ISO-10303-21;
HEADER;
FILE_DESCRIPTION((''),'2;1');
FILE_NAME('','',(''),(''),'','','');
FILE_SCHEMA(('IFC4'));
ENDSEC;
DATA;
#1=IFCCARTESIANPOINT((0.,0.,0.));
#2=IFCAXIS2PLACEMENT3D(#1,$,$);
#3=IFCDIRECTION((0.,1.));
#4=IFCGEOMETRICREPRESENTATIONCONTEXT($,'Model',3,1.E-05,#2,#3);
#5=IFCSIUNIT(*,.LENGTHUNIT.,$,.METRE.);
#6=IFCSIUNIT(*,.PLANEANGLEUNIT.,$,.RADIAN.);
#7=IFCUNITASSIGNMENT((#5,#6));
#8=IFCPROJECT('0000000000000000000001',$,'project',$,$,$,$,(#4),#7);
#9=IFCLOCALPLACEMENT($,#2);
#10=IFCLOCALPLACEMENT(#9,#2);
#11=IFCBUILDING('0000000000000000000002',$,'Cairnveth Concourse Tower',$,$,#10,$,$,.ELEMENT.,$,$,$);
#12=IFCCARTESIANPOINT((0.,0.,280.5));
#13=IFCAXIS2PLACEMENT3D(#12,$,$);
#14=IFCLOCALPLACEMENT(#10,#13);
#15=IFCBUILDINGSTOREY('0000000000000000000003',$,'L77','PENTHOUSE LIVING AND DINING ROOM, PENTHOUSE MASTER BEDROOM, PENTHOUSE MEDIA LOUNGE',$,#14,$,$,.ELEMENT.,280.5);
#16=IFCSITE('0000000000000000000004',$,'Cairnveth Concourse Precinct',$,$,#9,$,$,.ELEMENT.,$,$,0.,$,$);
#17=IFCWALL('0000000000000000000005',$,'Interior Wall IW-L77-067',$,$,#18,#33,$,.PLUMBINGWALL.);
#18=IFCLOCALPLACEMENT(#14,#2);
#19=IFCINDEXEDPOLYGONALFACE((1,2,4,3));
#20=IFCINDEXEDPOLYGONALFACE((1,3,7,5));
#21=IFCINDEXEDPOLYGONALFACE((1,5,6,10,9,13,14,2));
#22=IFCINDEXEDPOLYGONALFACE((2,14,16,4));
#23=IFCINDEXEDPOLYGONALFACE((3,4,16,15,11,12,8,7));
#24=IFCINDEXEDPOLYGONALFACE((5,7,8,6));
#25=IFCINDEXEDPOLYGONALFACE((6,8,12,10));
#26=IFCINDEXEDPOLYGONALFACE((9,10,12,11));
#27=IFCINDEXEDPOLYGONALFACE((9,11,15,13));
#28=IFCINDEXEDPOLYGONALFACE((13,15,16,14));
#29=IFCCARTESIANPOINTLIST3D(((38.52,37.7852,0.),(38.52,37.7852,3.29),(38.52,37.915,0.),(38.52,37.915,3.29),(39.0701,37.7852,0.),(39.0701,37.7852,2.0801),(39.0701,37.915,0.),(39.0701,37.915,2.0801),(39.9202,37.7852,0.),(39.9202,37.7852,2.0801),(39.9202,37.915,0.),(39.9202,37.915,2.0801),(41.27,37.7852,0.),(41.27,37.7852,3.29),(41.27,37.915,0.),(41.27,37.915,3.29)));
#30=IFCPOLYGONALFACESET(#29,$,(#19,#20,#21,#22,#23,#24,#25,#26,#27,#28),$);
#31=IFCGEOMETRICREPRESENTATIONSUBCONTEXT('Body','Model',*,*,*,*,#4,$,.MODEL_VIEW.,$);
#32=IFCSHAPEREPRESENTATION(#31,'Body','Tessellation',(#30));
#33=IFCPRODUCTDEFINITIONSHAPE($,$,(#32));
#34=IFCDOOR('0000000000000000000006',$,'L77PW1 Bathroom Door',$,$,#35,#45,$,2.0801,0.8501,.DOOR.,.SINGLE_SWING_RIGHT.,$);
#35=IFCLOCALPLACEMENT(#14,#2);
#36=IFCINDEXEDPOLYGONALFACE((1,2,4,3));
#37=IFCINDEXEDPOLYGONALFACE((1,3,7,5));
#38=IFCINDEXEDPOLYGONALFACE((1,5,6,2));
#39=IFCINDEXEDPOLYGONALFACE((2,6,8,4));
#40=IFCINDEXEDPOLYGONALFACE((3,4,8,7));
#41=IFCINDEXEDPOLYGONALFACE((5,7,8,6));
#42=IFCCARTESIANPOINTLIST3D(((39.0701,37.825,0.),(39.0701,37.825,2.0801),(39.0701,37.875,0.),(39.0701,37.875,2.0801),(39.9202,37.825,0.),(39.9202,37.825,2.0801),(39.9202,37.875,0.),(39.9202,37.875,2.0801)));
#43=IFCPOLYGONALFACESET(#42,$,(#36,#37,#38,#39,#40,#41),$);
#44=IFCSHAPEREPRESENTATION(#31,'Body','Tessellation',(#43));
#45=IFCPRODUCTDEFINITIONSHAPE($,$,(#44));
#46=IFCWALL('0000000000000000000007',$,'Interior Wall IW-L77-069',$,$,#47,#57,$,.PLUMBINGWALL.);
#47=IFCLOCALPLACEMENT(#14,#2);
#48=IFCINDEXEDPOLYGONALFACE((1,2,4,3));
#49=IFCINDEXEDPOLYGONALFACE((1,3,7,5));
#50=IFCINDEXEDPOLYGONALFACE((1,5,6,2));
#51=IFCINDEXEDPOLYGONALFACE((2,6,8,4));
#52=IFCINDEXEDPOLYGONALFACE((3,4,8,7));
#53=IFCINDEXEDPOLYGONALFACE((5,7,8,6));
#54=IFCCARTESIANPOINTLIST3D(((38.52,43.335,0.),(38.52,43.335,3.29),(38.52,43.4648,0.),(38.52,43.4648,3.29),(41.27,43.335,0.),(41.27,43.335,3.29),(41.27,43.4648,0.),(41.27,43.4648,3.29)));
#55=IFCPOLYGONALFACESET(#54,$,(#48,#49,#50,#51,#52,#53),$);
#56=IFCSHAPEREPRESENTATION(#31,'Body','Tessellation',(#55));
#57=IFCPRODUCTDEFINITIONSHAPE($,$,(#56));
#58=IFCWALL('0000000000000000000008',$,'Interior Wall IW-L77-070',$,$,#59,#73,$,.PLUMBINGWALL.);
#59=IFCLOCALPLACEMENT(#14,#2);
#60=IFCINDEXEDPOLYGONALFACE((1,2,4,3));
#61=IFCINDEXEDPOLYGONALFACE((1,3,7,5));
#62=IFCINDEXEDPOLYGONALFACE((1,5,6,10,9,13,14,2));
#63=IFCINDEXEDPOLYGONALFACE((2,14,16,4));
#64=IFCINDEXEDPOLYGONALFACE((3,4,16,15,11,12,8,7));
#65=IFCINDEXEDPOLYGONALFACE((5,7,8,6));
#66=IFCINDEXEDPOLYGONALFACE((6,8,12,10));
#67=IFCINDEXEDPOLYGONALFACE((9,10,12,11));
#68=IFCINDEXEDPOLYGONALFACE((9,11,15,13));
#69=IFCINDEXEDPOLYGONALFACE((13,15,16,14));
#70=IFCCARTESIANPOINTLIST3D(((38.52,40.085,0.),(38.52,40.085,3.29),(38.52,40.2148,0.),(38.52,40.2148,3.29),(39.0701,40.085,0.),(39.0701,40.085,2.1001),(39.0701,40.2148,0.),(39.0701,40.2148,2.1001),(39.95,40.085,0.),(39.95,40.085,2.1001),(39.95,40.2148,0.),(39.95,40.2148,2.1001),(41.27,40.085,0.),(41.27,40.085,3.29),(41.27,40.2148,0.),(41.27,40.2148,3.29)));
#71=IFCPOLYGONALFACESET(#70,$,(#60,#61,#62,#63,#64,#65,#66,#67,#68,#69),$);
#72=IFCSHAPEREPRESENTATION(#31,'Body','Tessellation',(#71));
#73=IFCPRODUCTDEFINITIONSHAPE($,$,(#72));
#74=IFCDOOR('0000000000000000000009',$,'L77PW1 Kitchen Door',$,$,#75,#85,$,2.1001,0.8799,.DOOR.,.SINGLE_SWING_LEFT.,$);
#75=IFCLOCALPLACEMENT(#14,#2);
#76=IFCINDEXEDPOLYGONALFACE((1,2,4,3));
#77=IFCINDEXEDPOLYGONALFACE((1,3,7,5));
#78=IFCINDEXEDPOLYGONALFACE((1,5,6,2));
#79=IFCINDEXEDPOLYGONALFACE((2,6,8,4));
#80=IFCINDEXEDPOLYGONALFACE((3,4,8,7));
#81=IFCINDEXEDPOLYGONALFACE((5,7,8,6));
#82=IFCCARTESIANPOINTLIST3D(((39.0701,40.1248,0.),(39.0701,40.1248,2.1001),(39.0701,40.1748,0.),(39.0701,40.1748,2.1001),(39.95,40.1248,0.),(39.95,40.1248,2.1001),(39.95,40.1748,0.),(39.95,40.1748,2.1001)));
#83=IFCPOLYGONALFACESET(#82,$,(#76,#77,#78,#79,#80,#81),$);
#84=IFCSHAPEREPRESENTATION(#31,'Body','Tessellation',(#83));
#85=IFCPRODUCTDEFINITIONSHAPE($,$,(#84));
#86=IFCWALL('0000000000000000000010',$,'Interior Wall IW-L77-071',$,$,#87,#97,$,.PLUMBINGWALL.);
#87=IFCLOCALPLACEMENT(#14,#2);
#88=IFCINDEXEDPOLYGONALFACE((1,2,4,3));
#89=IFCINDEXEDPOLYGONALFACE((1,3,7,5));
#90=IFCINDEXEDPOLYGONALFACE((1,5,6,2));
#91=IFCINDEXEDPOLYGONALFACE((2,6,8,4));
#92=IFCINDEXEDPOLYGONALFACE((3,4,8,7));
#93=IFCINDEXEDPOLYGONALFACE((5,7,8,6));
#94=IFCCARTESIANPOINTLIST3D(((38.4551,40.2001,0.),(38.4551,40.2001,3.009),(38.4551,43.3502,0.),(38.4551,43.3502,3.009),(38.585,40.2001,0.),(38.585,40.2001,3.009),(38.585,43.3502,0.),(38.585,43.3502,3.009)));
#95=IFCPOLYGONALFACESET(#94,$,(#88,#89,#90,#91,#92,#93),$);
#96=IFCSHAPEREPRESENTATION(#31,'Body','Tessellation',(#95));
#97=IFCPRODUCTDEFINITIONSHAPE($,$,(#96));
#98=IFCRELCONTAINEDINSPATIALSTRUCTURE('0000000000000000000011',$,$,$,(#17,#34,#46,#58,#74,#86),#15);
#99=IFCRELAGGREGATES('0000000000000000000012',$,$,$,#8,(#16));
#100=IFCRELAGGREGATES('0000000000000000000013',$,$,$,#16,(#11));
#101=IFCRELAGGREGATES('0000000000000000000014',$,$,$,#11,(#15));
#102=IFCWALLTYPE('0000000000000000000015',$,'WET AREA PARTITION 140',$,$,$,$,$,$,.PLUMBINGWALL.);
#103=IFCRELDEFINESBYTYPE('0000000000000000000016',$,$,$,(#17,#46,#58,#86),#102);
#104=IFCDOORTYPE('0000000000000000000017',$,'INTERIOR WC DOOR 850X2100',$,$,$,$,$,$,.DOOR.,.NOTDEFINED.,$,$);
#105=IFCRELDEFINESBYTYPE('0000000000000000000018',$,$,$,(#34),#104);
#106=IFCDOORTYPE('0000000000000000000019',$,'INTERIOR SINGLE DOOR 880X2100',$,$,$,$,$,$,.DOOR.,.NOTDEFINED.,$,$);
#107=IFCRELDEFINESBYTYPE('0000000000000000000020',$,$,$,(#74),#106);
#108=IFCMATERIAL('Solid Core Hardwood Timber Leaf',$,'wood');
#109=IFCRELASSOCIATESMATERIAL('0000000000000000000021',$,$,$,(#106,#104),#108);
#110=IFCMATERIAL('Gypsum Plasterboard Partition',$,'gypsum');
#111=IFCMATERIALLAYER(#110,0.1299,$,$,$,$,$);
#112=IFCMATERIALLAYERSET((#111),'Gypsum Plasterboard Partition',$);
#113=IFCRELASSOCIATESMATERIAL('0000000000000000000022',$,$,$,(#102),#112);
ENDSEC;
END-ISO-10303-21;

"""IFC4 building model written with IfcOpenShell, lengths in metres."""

from ifc_helpers import new_model, si_unit, direction, frame, frame_2d, origin, place, context, subcontext, project, spatial, rectangle, extrude, material, layer, layer_set, type_object, element, fill, save


model = new_model("IFC4")

# Units and contexts
model_context = context("Model", 3, precision=1e-05, world=origin(), true_north=direction((0.0, 1.0)))
body_context = subcontext(model_context, "Body", "Model", "MODEL_VIEW")
ifc_project = project(units=[si_unit("LENGTHUNIT", "METRE"), si_unit("PLANEANGLEUNIT", "RADIAN")], contexts=[model_context])

# Site, building, storey
site_placement = place(None, origin())
site = spatial("IfcSite", under=ifc_project, at=site_placement, Name="Cairnveth Concourse Precinct", CompositionType="ELEMENT", RefElevation=0.0)
building_placement = place(site_placement, origin())
building = spatial("IfcBuilding", under=site, at=building_placement, Name="Cairnveth Concourse Tower", CompositionType="ELEMENT")
storey_placement = place(building_placement, frame((0.0, 0.0, 280.5)))
storey = spatial("IfcBuildingStorey", under=building, at=storey_placement, Name="L77", Description="PENTHOUSE LIVING AND DINING ROOM, PENTHOUSE MASTER BEDROOM, PENTHOUSE MEDIA LOUNGE", CompositionType="ELEMENT", Elevation=280.5)

# Wall, opening, door
ifc_material_1 = material(Name="Gypsum Plasterboard Partition", Category="gypsum")
ifc_material_2 = material(Name="Solid Core Hardwood Timber Leaf", Category="wood")
door_type_1 = type_object("IfcDoorType", Name="INTERIOR SINGLE DOOR 880X2100", OperationType="NOTDEFINED", PredefinedType="DOOR", material=ifc_material_2)
ifc_layer_1 = layer(ifc_material_1, 0.1299)
ifc_layer_set_1 = layer_set([ifc_layer_1], Name="Gypsum Plasterboard Partition")
wall_type_1 = type_object("IfcWallType", Name="WET AREA PARTITION 140", PredefinedType="PLUMBINGWALL", material=ifc_layer_set_1)
wall_1_placement = place(storey_placement, frame((38.52, 37.8501, 0.0), z_axis=(0.0, 0.0, 1.0), x_axis=(1.0, 0.0, 0.0)))
wall_1 = element("IfcWall", 1, at=wall_1_placement, inside=storey, type_object=wall_type_1, Name="Interior Wall IW-L77-067", PredefinedType="PLUMBINGWALL", context=body_context, shape_type="SweptSolid", body=[
    extrude(rectangle(XDim=2.75, YDim=0.1299, at=frame_2d((1.375, 0.0))), origin(), (0.0, 0.0, 1.0), 3.29),
])
opening_1_placement = place(wall_1_placement, frame((0.55, 0.0, 0.0)))
opening_1 = element("IfcOpeningElement", 2, at=opening_1_placement, cuts=wall_1, PredefinedType="OPENING", context=body_context, shape_type="SweptSolid", body=[
    extrude(rectangle(XDim=0.8501, YDim=2.0801, at=frame_2d((0.425, 1.04))), frame((0.0, 0.075, 0.0), z_axis=(0.0, -1.0, 0.0), x_axis=(1.0, 0.0, 0.0)), (0.0, 0.0, 1.0), 0.1499),
])
door_type_2 = type_object("IfcDoorType", Name="INTERIOR WC DOOR 850X2100", OperationType="NOTDEFINED", PredefinedType="DOOR", material=ifc_material_2)
door_1_placement = place(opening_1_placement, origin())
door_1 = element("IfcDoor", 3, at=door_1_placement, inside=storey, type_object=door_type_2, Name="L77PW1 Bathroom Door", OperationType="SINGLE_SWING_RIGHT", OverallHeight=2.0801, OverallWidth=0.8501, PredefinedType="DOOR", context=body_context, shape_type="SweptSolid", body=[
    extrude(rectangle(XDim=0.8501, YDim=2.0801, at=frame_2d((0.425, 1.04))), frame((0.0, 0.0249, 0.0), z_axis=(0.0, -1.0, 0.0), x_axis=(1.0, 0.0, 0.0)), (0.0, 0.0, 1.0), 0.05),
])
fill(opening_1, door_1)

# Wall
wall_2_placement = place(storey_placement, frame((38.52, 43.3999, 0.0), z_axis=(0.0, 0.0, 1.0), x_axis=(1.0, 0.0, 0.0)))
element("IfcWall", 4, at=wall_2_placement, inside=storey, type_object=wall_type_1, Name="Interior Wall IW-L77-069", PredefinedType="PLUMBINGWALL", context=body_context, shape_type="SweptSolid", body=[
    extrude(rectangle(XDim=2.75, YDim=0.1299, at=frame_2d((1.375, 0.0))), origin(), (0.0, 0.0, 1.0), 3.29),
])

# Wall, opening, door
wall_3_placement = place(storey_placement, frame((38.52, 40.1499, 0.0), z_axis=(0.0, 0.0, 1.0), x_axis=(1.0, 0.0, 0.0)))
wall_3 = element("IfcWall", 5, at=wall_3_placement, inside=storey, type_object=wall_type_1, Name="Interior Wall IW-L77-070", PredefinedType="PLUMBINGWALL", context=body_context, shape_type="SweptSolid", body=[
    extrude(rectangle(XDim=2.75, YDim=0.1299, at=frame_2d((1.375, 0.0))), origin(), (0.0, 0.0, 1.0), 3.29),
])
opening_2_placement = place(wall_3_placement, frame((0.55, 0.0, 0.0)))
opening_2 = element("IfcOpeningElement", 6, at=opening_2_placement, cuts=wall_3, PredefinedType="OPENING", context=body_context, shape_type="SweptSolid", body=[
    extrude(rectangle(XDim=0.8799, YDim=2.1001, at=frame_2d((0.4399, 1.05))), frame((0.0, 0.075, 0.0), z_axis=(0.0, -1.0, 0.0), x_axis=(1.0, 0.0, 0.0)), (0.0, 0.0, 1.0), 0.1499),
])
door_2_placement = place(opening_2_placement, origin())
door_2 = element("IfcDoor", 7, at=door_2_placement, inside=storey, type_object=door_type_1, Name="L77PW1 Kitchen Door", OperationType="SINGLE_SWING_LEFT", OverallHeight=2.1001, OverallWidth=0.8799, PredefinedType="DOOR", context=body_context, shape_type="SweptSolid", body=[
    extrude(rectangle(XDim=0.8799, YDim=2.1001, at=frame_2d((0.4399, 1.05))), frame((0.0, 0.0249, 0.0), z_axis=(0.0, -1.0, 0.0), x_axis=(1.0, 0.0, 0.0)), (0.0, 0.0, 1.0), 0.05),
])
fill(opening_2, door_2)

# Wall
wall_4_placement = place(storey_placement, frame((38.52, 40.2, 0.0), z_axis=(0.0, 0.0, 1.0), x_axis=(0.0, 1.0, 0.0)))
element("IfcWall", 8, at=wall_4_placement, inside=storey, type_object=wall_type_1, Name="Interior Wall IW-L77-071", PredefinedType="PLUMBINGWALL", context=body_context, shape_type="SweptSolid", body=[
    extrude(rectangle(XDim=3.1501, YDim=0.1299, at=frame_2d((1.5752, 0.0))), origin(), (0.0, 0.0, 1.0), 3.009),
])

save(model, "model.ifc")
